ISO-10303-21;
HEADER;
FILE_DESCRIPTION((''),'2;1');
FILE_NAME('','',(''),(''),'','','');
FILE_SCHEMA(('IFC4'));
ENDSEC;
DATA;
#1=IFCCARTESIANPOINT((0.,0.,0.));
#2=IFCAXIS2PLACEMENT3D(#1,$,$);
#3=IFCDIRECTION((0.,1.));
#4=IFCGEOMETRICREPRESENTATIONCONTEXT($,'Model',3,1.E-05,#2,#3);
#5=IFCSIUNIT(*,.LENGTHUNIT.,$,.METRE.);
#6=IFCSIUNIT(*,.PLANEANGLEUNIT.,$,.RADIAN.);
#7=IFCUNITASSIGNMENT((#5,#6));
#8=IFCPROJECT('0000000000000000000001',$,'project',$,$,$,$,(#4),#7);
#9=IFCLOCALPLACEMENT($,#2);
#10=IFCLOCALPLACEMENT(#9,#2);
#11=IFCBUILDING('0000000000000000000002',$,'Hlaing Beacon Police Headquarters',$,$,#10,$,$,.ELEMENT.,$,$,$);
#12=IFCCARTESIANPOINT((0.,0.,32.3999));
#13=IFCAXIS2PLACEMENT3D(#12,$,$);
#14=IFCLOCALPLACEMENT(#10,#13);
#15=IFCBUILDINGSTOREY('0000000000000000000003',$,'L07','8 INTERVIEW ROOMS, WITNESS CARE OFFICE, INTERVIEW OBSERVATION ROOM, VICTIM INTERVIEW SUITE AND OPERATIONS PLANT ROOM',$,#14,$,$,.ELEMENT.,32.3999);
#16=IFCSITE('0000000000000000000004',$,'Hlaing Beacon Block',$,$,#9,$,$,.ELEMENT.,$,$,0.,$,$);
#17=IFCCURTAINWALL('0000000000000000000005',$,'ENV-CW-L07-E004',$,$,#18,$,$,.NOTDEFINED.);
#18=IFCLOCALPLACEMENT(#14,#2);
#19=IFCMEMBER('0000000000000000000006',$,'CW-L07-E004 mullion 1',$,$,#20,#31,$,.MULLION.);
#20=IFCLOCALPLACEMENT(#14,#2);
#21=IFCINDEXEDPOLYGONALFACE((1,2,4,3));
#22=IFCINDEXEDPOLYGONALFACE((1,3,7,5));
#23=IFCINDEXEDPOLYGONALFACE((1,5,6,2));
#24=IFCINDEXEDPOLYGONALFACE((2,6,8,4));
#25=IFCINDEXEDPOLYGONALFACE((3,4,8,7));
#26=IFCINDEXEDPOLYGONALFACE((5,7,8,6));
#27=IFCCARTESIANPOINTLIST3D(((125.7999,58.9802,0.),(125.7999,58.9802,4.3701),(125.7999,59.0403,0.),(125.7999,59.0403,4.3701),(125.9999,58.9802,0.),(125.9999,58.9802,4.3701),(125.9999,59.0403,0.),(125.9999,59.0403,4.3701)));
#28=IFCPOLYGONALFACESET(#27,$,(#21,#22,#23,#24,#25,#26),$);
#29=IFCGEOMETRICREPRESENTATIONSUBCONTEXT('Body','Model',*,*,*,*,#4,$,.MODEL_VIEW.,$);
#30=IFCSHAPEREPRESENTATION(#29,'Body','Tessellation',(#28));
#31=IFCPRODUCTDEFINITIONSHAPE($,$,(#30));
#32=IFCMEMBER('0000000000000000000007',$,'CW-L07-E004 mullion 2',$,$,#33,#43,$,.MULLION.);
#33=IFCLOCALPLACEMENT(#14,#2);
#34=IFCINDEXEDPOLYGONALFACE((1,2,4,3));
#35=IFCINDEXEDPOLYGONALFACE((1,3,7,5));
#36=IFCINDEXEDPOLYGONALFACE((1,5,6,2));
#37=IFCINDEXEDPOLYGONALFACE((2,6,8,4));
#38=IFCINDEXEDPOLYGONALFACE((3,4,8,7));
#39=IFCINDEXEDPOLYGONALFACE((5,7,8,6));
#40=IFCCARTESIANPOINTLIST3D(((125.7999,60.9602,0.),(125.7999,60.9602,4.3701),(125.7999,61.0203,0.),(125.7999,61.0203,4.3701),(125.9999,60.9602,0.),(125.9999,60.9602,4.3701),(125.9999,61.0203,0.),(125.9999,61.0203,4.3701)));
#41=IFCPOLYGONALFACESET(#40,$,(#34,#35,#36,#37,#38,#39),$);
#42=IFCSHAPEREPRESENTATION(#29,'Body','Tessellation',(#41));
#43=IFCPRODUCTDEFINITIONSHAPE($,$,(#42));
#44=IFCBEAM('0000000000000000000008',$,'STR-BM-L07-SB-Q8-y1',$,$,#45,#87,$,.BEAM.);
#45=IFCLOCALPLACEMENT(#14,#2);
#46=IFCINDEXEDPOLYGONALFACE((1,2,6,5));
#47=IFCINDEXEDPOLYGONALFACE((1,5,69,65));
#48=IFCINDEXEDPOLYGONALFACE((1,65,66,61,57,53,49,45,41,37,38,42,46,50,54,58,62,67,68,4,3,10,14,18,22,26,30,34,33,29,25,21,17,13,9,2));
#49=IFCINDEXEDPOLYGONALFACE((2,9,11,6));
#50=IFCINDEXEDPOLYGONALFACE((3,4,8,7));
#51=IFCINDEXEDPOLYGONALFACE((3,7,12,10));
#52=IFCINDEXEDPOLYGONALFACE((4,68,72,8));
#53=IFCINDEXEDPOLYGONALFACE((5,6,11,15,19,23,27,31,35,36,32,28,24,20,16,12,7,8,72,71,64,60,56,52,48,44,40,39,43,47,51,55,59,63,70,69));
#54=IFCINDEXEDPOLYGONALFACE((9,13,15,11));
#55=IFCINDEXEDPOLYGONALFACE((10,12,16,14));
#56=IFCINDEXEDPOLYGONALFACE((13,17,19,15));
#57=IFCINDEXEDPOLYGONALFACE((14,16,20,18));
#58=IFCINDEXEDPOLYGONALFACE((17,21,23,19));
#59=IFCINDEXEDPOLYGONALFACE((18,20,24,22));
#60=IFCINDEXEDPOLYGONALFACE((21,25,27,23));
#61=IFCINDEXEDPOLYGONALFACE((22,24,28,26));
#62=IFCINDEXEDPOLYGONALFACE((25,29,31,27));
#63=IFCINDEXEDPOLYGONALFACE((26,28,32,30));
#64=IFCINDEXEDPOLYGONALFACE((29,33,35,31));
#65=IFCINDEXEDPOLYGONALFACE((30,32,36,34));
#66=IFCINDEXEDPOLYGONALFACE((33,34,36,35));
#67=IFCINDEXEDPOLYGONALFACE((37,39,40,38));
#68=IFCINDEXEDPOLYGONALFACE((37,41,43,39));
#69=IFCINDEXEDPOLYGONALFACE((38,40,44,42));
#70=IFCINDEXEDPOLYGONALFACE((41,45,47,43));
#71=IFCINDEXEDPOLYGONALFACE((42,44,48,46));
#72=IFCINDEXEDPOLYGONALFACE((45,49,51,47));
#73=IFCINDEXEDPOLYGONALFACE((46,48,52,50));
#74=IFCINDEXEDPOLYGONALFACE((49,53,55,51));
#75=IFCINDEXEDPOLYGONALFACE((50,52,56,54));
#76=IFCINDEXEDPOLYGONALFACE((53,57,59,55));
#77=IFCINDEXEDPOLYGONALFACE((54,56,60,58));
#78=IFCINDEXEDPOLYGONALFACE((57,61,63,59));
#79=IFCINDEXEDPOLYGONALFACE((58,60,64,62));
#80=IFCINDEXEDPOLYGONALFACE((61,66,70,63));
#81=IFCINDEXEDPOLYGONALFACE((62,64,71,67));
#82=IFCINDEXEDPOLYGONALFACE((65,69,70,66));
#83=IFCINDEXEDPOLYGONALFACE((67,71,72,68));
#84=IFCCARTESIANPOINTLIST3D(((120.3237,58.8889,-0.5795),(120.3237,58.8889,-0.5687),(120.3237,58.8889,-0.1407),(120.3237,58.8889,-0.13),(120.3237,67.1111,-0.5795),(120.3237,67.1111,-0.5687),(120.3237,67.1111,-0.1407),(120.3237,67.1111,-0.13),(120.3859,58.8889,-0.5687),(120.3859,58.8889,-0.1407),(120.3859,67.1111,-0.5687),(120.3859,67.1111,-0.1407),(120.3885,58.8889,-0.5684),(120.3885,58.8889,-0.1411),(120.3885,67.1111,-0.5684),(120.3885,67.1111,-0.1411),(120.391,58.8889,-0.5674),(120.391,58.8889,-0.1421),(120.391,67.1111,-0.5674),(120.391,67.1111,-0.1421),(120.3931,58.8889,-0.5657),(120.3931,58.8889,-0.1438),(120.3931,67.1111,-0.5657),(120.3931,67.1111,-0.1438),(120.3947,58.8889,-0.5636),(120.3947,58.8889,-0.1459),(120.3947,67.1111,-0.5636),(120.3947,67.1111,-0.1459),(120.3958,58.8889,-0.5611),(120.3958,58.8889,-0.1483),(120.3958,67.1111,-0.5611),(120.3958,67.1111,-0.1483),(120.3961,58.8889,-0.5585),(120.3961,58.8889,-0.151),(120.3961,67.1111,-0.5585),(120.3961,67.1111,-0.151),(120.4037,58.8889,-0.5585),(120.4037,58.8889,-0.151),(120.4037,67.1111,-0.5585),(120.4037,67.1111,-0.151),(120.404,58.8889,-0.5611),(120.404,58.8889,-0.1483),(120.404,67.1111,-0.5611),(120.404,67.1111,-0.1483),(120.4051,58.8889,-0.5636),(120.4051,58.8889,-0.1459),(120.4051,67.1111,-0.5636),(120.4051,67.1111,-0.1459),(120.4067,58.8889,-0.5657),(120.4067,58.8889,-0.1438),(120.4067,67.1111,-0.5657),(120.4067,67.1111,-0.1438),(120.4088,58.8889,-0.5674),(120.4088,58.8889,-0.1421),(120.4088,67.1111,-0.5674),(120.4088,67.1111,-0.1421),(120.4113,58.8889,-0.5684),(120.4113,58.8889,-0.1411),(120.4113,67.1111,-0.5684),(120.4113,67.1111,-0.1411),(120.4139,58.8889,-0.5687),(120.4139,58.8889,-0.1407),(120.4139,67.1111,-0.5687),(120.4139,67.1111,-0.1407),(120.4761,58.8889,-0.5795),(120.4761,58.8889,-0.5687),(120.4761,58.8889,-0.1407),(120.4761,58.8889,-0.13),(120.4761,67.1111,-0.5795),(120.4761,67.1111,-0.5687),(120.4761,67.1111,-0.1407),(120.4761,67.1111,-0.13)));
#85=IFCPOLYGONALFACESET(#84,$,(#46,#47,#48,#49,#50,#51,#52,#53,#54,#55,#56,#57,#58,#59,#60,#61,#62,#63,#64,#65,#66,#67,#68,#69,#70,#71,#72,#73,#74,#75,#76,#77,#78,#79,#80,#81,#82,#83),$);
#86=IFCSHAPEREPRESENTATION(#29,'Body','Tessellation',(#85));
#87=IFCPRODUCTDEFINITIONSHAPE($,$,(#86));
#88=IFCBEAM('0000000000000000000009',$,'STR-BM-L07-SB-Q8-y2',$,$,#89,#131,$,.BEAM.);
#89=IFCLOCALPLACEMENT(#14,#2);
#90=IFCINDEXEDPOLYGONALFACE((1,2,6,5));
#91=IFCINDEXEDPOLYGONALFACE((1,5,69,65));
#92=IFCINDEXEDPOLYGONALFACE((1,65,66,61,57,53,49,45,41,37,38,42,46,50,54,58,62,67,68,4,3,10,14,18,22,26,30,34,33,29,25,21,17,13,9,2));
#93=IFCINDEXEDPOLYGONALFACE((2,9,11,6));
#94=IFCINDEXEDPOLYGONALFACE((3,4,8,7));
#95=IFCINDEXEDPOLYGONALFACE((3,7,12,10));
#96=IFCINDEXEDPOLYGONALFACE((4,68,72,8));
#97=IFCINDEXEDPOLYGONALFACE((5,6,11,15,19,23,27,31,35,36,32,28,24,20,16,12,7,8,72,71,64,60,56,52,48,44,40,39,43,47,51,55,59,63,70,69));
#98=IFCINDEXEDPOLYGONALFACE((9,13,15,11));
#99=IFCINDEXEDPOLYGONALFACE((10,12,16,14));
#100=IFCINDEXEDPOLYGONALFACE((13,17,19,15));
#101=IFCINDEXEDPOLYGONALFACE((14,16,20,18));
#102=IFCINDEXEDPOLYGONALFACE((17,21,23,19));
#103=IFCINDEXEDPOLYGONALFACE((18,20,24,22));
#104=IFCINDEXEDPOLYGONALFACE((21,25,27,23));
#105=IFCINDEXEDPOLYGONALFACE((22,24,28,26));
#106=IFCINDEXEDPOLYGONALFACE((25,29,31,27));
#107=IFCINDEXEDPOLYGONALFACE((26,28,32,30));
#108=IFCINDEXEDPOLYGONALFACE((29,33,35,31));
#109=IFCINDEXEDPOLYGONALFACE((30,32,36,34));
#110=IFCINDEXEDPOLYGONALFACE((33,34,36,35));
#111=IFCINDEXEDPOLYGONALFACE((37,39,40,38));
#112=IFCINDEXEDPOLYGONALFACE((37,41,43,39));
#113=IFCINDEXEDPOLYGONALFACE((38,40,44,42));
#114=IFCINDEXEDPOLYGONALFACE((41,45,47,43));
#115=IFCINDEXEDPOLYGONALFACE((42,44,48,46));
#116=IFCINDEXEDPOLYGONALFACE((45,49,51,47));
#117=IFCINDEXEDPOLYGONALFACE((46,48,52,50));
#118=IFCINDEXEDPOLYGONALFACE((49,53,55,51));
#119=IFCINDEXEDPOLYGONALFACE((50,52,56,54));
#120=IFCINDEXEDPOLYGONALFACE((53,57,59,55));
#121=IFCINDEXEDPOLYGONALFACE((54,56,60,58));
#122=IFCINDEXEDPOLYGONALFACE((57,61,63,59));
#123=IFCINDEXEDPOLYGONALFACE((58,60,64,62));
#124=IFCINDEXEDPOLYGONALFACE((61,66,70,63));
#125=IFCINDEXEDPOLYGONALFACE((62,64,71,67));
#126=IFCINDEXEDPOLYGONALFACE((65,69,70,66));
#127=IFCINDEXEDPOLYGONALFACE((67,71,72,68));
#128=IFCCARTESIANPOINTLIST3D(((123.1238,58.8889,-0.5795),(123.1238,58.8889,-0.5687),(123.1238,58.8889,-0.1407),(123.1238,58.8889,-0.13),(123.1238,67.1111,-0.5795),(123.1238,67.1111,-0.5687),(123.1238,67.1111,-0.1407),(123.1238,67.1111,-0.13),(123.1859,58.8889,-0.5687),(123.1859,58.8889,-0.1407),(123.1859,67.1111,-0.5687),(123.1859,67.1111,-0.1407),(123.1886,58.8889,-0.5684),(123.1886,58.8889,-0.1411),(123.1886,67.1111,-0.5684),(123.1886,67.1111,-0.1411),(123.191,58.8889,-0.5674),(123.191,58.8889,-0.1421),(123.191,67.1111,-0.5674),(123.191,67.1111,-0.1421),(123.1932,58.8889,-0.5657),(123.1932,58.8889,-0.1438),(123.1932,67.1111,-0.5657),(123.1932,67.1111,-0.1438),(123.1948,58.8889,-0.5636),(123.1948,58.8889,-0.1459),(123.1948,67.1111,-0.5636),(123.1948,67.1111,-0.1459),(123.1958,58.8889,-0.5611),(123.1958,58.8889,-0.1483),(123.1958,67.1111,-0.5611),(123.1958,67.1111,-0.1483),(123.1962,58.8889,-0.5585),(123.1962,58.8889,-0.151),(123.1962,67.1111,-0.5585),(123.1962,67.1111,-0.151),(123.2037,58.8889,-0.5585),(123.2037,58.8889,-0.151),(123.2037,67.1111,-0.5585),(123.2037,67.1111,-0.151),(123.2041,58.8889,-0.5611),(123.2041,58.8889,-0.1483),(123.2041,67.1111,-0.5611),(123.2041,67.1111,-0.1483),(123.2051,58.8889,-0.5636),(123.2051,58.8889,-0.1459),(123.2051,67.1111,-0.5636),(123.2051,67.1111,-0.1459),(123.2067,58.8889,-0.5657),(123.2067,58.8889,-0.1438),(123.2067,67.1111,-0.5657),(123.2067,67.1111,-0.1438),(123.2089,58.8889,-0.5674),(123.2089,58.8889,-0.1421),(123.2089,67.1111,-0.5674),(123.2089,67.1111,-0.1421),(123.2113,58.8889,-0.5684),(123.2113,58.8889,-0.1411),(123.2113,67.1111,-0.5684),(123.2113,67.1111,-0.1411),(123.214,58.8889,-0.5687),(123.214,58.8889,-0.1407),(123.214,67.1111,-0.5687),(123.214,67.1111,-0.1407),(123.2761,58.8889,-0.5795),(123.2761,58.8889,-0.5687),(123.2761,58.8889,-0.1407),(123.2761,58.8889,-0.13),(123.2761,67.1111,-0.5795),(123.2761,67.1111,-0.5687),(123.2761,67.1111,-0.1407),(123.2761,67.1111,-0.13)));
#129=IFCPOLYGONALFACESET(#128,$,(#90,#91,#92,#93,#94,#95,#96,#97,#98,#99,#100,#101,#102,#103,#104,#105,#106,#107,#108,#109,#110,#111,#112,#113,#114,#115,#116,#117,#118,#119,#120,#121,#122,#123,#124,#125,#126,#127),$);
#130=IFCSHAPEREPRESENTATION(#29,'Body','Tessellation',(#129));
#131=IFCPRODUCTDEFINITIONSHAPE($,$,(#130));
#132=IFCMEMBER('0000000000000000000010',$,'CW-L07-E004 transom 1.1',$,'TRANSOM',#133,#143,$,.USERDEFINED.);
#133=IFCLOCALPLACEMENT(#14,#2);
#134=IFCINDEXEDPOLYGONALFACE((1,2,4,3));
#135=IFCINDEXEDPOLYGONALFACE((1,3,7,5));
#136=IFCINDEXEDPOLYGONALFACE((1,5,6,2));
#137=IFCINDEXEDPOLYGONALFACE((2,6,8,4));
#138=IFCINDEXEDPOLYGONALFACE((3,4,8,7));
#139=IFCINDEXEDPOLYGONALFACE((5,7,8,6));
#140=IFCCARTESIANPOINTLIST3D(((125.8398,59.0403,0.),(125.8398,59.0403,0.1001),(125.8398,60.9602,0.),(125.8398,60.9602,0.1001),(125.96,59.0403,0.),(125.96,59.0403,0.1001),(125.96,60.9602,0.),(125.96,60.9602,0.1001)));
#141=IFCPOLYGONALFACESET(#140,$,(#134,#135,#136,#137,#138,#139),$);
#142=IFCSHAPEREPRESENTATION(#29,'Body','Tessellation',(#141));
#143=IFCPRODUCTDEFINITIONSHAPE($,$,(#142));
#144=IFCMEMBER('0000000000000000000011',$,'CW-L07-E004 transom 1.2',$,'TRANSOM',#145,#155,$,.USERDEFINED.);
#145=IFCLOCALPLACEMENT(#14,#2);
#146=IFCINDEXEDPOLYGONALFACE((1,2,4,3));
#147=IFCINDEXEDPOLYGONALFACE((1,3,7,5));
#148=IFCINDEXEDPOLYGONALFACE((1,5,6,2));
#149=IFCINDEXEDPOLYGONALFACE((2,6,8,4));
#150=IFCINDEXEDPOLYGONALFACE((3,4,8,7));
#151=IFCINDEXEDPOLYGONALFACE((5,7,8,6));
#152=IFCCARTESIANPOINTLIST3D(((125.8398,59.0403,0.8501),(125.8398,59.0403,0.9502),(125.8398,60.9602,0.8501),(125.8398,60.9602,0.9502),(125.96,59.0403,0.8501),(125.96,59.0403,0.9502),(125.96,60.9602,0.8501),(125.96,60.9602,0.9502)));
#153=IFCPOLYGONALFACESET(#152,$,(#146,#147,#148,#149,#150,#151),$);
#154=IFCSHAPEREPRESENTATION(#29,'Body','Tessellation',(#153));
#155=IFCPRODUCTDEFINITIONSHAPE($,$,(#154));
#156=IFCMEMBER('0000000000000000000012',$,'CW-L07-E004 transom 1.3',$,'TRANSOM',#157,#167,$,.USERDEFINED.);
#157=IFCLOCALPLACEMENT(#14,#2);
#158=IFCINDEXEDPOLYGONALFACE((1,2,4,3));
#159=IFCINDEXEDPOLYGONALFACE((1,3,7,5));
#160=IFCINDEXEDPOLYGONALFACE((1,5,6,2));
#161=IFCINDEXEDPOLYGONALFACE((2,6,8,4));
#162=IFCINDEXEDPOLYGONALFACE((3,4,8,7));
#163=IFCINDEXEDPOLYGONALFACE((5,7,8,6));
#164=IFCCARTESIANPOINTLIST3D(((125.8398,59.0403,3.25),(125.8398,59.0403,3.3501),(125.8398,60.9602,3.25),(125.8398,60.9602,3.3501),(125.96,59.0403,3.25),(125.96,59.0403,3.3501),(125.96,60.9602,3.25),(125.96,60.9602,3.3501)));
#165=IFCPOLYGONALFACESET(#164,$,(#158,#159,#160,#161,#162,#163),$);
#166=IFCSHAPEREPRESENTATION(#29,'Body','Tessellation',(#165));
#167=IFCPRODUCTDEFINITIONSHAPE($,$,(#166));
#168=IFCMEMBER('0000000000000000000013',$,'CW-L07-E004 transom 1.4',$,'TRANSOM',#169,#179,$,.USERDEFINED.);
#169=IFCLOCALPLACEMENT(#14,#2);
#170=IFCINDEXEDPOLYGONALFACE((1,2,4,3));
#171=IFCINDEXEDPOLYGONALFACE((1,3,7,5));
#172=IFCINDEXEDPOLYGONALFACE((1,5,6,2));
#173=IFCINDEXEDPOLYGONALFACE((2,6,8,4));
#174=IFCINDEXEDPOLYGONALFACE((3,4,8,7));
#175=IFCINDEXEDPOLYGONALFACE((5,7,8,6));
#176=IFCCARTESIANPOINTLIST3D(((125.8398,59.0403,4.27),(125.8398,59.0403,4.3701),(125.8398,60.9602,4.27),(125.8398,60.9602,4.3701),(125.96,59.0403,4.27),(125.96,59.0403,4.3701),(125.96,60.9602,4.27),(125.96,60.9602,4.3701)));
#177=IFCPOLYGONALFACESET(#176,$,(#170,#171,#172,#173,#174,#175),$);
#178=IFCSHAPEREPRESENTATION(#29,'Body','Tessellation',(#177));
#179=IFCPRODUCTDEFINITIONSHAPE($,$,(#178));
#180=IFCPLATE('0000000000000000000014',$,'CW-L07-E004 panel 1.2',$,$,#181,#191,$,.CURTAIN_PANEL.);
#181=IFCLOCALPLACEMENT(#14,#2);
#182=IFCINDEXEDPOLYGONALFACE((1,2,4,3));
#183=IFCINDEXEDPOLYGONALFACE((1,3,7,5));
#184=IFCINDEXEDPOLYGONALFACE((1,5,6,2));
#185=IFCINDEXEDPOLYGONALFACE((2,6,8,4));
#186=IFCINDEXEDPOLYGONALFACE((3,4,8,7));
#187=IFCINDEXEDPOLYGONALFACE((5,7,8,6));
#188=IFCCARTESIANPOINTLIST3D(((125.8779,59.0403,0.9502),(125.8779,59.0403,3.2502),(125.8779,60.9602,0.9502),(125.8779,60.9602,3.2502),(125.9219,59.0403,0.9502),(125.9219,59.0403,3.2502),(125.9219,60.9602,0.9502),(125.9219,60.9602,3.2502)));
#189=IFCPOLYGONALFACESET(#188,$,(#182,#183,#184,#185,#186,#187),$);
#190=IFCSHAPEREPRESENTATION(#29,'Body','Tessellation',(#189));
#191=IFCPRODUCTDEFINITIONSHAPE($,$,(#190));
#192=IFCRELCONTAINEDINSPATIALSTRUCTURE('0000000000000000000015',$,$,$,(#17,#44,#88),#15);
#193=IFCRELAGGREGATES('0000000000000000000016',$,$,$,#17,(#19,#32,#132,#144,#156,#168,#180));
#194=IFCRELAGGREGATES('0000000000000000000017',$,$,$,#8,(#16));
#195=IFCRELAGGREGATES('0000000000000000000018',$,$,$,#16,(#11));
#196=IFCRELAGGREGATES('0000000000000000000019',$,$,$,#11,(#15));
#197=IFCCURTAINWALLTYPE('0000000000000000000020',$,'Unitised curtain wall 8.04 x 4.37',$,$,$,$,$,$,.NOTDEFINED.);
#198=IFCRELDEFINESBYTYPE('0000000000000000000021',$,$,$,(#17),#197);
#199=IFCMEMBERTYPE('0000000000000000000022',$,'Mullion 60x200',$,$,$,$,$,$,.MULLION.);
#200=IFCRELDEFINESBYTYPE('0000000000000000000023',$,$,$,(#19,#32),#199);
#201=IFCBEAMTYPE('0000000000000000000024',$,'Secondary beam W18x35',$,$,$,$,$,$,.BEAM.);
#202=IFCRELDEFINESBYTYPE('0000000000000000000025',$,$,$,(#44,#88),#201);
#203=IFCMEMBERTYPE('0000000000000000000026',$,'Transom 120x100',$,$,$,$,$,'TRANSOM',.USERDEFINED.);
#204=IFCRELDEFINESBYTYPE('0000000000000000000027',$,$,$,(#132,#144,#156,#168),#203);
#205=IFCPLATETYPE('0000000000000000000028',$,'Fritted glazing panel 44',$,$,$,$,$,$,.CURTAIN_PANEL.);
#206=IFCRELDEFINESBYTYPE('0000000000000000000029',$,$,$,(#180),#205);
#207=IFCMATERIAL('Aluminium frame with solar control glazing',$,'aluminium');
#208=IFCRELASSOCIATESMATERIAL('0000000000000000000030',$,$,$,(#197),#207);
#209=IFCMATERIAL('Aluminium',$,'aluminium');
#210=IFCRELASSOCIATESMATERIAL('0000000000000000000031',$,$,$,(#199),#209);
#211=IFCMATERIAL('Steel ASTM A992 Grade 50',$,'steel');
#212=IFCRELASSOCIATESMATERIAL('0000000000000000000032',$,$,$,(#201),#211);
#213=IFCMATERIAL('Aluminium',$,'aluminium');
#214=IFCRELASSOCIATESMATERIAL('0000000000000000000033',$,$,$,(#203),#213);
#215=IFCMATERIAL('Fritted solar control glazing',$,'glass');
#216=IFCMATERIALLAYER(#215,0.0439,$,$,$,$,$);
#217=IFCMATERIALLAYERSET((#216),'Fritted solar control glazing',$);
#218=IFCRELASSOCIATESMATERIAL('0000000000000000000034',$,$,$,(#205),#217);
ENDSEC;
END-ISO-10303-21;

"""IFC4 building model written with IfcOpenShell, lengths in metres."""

from ifc_helpers import new_model, si_unit, direction, frame, origin, origin_2d, place, context, subcontext, project, spatial, rectangle, i_section, extrude, material, layer, layer_set, material_profile, profile_set, type_object, element, aggregate, save


model = new_model("IFC4")

# Units and contexts
model_context = context("Model", 3, precision=1e-05, world=origin(), true_north=direction((0.0, 1.0)))
body_context = subcontext(model_context, "Body", "Model", "MODEL_VIEW")
ifc_project = project(units=[si_unit("LENGTHUNIT", "METRE"), si_unit("PLANEANGLEUNIT", "RADIAN")], contexts=[model_context])

# Site, building, storey
site_placement = place(None, origin())
site = spatial("IfcSite", under=ifc_project, at=site_placement, Name="Hlaing Beacon Block", CompositionType="ELEMENT", RefElevation=0.0)
building_placement = place(site_placement, origin())
building = spatial("IfcBuilding", under=site, at=building_placement, Name="Hlaing Beacon Police Headquarters", CompositionType="ELEMENT")
storey_placement = place(building_placement, frame((0.0, 0.0, 32.3999)))
storey = spatial("IfcBuildingStorey", under=building, at=storey_placement, Name="L07", Description="8 INTERVIEW ROOMS, WITNESS CARE OFFICE, INTERVIEW OBSERVATION ROOM, VICTIM INTERVIEW SUITE AND OPERATIONS PLANT ROOM", CompositionType="ELEMENT", Elevation=32.3999)

# Curtain wall, members
ifc_material_1 = material(Name="Aluminium frame with solar control glazing", Category="aluminium")
curtain_wall_type = type_object("IfcCurtainWallType", Name="Unitised curtain wall 8.04 x 4.37", PredefinedType="NOTDEFINED", material=ifc_material_1)
curtain_wall_placement = place(storey_placement, origin())
curtain_wall = element("IfcCurtainWall", 1, at=curtain_wall_placement, inside=storey, type_object=curtain_wall_type, Name="ENV-CW-L07-E004", PredefinedType="NOTDEFINED")
ifc_material_2 = material(Name="Aluminium", Category="aluminium")
ifc_material_profile_1 = material_profile(ifc_material_2, rectangle(XDim=0.2, YDim=0.0601, at=origin_2d()), Name="Mullion 60x200")
ifc_profile_set_1 = profile_set([ifc_material_profile_1], Name="Aluminium")
member_type_1 = type_object("IfcMemberType", Name="Mullion 60x200", PredefinedType="MULLION", material=ifc_profile_set_1)
member_1_placement = place(storey_placement, frame((125.8999, 59.0103, 0.0), z_axis=(0.0, 0.0, 1.0), x_axis=(-1.0, 0.0, 0.0)))
member_1 = element("IfcMember", 2, at=member_1_placement, type_object=member_type_1, Name="CW-L07-E004 mullion 1", PredefinedType="MULLION", context=body_context, shape_type="SweptSolid", body=[
    extrude(rectangle(XDim=0.2, YDim=0.0601, at=origin_2d()), origin(), (0.0, 0.0, 1.0), 4.3701),
])
member_2_placement = place(storey_placement, frame((125.8999, 60.9902, 0.0), z_axis=(0.0, 0.0, 1.0), x_axis=(-1.0, 0.0, 0.0)))
member_2 = element("IfcMember", 3, at=member_2_placement, type_object=member_type_1, Name="CW-L07-E004 mullion 2", PredefinedType="MULLION", context=body_context, shape_type="SweptSolid", body=[
    extrude(rectangle(XDim=0.2, YDim=0.0601, at=origin_2d()), origin(), (0.0, 0.0, 1.0), 4.3701),
])

# Beams
ifc_material_3 = material(Name="Steel ASTM A992 Grade 50", Category="steel")
ifc_material_profile_2 = material_profile(ifc_material_3, i_section(OverallWidth=0.1523, OverallDepth=0.4495, WebThickness=0.0076, FlangeThickness=0.0107, FilletRadius=0.0103, at=origin_2d()), Name="W18x35")
ifc_profile_set_2 = profile_set([ifc_material_profile_2], Name="Steel ASTM A992 Grade 50")
beam_type = type_object("IfcBeamType", Name="Secondary beam W18x35", PredefinedType="BEAM", material=ifc_profile_set_2)
for number, where, z_axis, x_axis, name in (
    (4, (120.3999, 58.8889, -0.3547), (0.0, 1.0, 0.0), (-1.0, 0.0, 0.0), "STR-BM-L07-SB-Q8-y1"),
    (5, (123.2, 58.8889, -0.3547), (0.0, 1.0, 0.0), (-1.0, 0.0, 0.0), "STR-BM-L07-SB-Q8-y2"),
):
    element("IfcBeam", number, at=place(storey_placement, frame(where, z_axis=z_axis, x_axis=x_axis)), inside=storey, type_object=beam_type, Name=name, PredefinedType="BEAM", context=body_context, shape_type="SweptSolid", body=[
        extrude(i_section(OverallWidth=0.1523, OverallDepth=0.4495, WebThickness=0.0076, FlangeThickness=0.0107, FilletRadius=0.0103, at=origin_2d()), origin(), (0.0, 0.0, 1.0), 8.2222),
    ])

# Members
ifc_material_4 = material(Name="Aluminium", Category="aluminium")
ifc_material_profile_3 = material_profile(ifc_material_4, rectangle(XDim=0.1201, YDim=0.1001, at=origin_2d()), Name="Transom 120x100")
ifc_profile_set_3 = profile_set([ifc_material_profile_3], Name="Aluminium")
member_type_2 = type_object("IfcMemberType", Name="Transom 120x100", ElementType="TRANSOM", PredefinedType="USERDEFINED", material=ifc_profile_set_3)
member_3_placement = place(storey_placement, frame((125.8999, 59.0403, 0.05), z_axis=(0.0, 1.0, 0.0), x_axis=(-1.0, 0.0, 0.0)))
member_3 = element("IfcMember", 6, at=member_3_placement, type_object=member_type_2, Name="CW-L07-E004 transom 1.1", ObjectType="TRANSOM", PredefinedType="USERDEFINED", context=body_context, shape_type="SweptSolid", body=[
    extrude(rectangle(XDim=0.1201, YDim=0.1001, at=origin_2d()), origin(), (0.0, 0.0, 1.0), 1.9199),
])
member_4_placement = place(storey_placement, frame((125.8999, 59.0403, 0.9001), z_axis=(0.0, 1.0, 0.0), x_axis=(-1.0, 0.0, 0.0)))
member_4 = element("IfcMember", 7, at=member_4_placement, type_object=member_type_2, Name="CW-L07-E004 transom 1.2", ObjectType="TRANSOM", PredefinedType="USERDEFINED", context=body_context, shape_type="SweptSolid", body=[
    extrude(rectangle(XDim=0.1201, YDim=0.1001, at=origin_2d()), origin(), (0.0, 0.0, 1.0), 1.9199),
])
member_5_placement = place(storey_placement, frame((125.8999, 59.0403, 3.3), z_axis=(0.0, 1.0, 0.0), x_axis=(-1.0, 0.0, 0.0)))
member_5 = element("IfcMember", 8, at=member_5_placement, type_object=member_type_2, Name="CW-L07-E004 transom 1.3", ObjectType="TRANSOM", PredefinedType="USERDEFINED", context=body_context, shape_type="SweptSolid", body=[
    extrude(rectangle(XDim=0.1201, YDim=0.1001, at=origin_2d()), origin(), (0.0, 0.0, 1.0), 1.9199),
])
member_6_placement = place(storey_placement, frame((125.8999, 59.0403, 4.3201), z_axis=(0.0, 1.0, 0.0), x_axis=(-1.0, 0.0, 0.0)))
member_6 = element("IfcMember", 9, at=member_6_placement, type_object=member_type_2, Name="CW-L07-E004 transom 1.4", ObjectType="TRANSOM", PredefinedType="USERDEFINED", context=body_context, shape_type="SweptSolid", body=[
    extrude(rectangle(XDim=0.1201, YDim=0.1001, at=origin_2d()), origin(), (0.0, 0.0, 1.0), 1.9199),
])

# Plate
ifc_material_5 = material(Name="Fritted solar control glazing", Category="glass")
ifc_layer_1 = layer(ifc_material_5, 0.0439)
ifc_layer_set_1 = layer_set([ifc_layer_1], Name="Fritted solar control glazing")
plate_type_1 = type_object("IfcPlateType", Name="Fritted glazing panel 44", PredefinedType="CURTAIN_PANEL", material=ifc_layer_set_1)
plate_1_placement = place(storey_placement, frame((125.8999, 60.0002, 0.9502), z_axis=(0.0, 0.0, 1.0), x_axis=(0.0, 1.0, 0.0)))
plate_1 = element("IfcPlate", 10, at=plate_1_placement, type_object=plate_type_1, Name="CW-L07-E004 panel 1.2", PredefinedType="CURTAIN_PANEL", context=body_context, shape_type="SweptSolid", body=[
    extrude(rectangle(XDim=1.9199, YDim=0.0439, at=origin_2d()), origin(), (0.0, 0.0, 1.0), 2.3),
])
aggregate(curtain_wall, [member_1, member_2, member_3, member_4, member_5, member_6, plate_1])

save(model, "model.ifc")
